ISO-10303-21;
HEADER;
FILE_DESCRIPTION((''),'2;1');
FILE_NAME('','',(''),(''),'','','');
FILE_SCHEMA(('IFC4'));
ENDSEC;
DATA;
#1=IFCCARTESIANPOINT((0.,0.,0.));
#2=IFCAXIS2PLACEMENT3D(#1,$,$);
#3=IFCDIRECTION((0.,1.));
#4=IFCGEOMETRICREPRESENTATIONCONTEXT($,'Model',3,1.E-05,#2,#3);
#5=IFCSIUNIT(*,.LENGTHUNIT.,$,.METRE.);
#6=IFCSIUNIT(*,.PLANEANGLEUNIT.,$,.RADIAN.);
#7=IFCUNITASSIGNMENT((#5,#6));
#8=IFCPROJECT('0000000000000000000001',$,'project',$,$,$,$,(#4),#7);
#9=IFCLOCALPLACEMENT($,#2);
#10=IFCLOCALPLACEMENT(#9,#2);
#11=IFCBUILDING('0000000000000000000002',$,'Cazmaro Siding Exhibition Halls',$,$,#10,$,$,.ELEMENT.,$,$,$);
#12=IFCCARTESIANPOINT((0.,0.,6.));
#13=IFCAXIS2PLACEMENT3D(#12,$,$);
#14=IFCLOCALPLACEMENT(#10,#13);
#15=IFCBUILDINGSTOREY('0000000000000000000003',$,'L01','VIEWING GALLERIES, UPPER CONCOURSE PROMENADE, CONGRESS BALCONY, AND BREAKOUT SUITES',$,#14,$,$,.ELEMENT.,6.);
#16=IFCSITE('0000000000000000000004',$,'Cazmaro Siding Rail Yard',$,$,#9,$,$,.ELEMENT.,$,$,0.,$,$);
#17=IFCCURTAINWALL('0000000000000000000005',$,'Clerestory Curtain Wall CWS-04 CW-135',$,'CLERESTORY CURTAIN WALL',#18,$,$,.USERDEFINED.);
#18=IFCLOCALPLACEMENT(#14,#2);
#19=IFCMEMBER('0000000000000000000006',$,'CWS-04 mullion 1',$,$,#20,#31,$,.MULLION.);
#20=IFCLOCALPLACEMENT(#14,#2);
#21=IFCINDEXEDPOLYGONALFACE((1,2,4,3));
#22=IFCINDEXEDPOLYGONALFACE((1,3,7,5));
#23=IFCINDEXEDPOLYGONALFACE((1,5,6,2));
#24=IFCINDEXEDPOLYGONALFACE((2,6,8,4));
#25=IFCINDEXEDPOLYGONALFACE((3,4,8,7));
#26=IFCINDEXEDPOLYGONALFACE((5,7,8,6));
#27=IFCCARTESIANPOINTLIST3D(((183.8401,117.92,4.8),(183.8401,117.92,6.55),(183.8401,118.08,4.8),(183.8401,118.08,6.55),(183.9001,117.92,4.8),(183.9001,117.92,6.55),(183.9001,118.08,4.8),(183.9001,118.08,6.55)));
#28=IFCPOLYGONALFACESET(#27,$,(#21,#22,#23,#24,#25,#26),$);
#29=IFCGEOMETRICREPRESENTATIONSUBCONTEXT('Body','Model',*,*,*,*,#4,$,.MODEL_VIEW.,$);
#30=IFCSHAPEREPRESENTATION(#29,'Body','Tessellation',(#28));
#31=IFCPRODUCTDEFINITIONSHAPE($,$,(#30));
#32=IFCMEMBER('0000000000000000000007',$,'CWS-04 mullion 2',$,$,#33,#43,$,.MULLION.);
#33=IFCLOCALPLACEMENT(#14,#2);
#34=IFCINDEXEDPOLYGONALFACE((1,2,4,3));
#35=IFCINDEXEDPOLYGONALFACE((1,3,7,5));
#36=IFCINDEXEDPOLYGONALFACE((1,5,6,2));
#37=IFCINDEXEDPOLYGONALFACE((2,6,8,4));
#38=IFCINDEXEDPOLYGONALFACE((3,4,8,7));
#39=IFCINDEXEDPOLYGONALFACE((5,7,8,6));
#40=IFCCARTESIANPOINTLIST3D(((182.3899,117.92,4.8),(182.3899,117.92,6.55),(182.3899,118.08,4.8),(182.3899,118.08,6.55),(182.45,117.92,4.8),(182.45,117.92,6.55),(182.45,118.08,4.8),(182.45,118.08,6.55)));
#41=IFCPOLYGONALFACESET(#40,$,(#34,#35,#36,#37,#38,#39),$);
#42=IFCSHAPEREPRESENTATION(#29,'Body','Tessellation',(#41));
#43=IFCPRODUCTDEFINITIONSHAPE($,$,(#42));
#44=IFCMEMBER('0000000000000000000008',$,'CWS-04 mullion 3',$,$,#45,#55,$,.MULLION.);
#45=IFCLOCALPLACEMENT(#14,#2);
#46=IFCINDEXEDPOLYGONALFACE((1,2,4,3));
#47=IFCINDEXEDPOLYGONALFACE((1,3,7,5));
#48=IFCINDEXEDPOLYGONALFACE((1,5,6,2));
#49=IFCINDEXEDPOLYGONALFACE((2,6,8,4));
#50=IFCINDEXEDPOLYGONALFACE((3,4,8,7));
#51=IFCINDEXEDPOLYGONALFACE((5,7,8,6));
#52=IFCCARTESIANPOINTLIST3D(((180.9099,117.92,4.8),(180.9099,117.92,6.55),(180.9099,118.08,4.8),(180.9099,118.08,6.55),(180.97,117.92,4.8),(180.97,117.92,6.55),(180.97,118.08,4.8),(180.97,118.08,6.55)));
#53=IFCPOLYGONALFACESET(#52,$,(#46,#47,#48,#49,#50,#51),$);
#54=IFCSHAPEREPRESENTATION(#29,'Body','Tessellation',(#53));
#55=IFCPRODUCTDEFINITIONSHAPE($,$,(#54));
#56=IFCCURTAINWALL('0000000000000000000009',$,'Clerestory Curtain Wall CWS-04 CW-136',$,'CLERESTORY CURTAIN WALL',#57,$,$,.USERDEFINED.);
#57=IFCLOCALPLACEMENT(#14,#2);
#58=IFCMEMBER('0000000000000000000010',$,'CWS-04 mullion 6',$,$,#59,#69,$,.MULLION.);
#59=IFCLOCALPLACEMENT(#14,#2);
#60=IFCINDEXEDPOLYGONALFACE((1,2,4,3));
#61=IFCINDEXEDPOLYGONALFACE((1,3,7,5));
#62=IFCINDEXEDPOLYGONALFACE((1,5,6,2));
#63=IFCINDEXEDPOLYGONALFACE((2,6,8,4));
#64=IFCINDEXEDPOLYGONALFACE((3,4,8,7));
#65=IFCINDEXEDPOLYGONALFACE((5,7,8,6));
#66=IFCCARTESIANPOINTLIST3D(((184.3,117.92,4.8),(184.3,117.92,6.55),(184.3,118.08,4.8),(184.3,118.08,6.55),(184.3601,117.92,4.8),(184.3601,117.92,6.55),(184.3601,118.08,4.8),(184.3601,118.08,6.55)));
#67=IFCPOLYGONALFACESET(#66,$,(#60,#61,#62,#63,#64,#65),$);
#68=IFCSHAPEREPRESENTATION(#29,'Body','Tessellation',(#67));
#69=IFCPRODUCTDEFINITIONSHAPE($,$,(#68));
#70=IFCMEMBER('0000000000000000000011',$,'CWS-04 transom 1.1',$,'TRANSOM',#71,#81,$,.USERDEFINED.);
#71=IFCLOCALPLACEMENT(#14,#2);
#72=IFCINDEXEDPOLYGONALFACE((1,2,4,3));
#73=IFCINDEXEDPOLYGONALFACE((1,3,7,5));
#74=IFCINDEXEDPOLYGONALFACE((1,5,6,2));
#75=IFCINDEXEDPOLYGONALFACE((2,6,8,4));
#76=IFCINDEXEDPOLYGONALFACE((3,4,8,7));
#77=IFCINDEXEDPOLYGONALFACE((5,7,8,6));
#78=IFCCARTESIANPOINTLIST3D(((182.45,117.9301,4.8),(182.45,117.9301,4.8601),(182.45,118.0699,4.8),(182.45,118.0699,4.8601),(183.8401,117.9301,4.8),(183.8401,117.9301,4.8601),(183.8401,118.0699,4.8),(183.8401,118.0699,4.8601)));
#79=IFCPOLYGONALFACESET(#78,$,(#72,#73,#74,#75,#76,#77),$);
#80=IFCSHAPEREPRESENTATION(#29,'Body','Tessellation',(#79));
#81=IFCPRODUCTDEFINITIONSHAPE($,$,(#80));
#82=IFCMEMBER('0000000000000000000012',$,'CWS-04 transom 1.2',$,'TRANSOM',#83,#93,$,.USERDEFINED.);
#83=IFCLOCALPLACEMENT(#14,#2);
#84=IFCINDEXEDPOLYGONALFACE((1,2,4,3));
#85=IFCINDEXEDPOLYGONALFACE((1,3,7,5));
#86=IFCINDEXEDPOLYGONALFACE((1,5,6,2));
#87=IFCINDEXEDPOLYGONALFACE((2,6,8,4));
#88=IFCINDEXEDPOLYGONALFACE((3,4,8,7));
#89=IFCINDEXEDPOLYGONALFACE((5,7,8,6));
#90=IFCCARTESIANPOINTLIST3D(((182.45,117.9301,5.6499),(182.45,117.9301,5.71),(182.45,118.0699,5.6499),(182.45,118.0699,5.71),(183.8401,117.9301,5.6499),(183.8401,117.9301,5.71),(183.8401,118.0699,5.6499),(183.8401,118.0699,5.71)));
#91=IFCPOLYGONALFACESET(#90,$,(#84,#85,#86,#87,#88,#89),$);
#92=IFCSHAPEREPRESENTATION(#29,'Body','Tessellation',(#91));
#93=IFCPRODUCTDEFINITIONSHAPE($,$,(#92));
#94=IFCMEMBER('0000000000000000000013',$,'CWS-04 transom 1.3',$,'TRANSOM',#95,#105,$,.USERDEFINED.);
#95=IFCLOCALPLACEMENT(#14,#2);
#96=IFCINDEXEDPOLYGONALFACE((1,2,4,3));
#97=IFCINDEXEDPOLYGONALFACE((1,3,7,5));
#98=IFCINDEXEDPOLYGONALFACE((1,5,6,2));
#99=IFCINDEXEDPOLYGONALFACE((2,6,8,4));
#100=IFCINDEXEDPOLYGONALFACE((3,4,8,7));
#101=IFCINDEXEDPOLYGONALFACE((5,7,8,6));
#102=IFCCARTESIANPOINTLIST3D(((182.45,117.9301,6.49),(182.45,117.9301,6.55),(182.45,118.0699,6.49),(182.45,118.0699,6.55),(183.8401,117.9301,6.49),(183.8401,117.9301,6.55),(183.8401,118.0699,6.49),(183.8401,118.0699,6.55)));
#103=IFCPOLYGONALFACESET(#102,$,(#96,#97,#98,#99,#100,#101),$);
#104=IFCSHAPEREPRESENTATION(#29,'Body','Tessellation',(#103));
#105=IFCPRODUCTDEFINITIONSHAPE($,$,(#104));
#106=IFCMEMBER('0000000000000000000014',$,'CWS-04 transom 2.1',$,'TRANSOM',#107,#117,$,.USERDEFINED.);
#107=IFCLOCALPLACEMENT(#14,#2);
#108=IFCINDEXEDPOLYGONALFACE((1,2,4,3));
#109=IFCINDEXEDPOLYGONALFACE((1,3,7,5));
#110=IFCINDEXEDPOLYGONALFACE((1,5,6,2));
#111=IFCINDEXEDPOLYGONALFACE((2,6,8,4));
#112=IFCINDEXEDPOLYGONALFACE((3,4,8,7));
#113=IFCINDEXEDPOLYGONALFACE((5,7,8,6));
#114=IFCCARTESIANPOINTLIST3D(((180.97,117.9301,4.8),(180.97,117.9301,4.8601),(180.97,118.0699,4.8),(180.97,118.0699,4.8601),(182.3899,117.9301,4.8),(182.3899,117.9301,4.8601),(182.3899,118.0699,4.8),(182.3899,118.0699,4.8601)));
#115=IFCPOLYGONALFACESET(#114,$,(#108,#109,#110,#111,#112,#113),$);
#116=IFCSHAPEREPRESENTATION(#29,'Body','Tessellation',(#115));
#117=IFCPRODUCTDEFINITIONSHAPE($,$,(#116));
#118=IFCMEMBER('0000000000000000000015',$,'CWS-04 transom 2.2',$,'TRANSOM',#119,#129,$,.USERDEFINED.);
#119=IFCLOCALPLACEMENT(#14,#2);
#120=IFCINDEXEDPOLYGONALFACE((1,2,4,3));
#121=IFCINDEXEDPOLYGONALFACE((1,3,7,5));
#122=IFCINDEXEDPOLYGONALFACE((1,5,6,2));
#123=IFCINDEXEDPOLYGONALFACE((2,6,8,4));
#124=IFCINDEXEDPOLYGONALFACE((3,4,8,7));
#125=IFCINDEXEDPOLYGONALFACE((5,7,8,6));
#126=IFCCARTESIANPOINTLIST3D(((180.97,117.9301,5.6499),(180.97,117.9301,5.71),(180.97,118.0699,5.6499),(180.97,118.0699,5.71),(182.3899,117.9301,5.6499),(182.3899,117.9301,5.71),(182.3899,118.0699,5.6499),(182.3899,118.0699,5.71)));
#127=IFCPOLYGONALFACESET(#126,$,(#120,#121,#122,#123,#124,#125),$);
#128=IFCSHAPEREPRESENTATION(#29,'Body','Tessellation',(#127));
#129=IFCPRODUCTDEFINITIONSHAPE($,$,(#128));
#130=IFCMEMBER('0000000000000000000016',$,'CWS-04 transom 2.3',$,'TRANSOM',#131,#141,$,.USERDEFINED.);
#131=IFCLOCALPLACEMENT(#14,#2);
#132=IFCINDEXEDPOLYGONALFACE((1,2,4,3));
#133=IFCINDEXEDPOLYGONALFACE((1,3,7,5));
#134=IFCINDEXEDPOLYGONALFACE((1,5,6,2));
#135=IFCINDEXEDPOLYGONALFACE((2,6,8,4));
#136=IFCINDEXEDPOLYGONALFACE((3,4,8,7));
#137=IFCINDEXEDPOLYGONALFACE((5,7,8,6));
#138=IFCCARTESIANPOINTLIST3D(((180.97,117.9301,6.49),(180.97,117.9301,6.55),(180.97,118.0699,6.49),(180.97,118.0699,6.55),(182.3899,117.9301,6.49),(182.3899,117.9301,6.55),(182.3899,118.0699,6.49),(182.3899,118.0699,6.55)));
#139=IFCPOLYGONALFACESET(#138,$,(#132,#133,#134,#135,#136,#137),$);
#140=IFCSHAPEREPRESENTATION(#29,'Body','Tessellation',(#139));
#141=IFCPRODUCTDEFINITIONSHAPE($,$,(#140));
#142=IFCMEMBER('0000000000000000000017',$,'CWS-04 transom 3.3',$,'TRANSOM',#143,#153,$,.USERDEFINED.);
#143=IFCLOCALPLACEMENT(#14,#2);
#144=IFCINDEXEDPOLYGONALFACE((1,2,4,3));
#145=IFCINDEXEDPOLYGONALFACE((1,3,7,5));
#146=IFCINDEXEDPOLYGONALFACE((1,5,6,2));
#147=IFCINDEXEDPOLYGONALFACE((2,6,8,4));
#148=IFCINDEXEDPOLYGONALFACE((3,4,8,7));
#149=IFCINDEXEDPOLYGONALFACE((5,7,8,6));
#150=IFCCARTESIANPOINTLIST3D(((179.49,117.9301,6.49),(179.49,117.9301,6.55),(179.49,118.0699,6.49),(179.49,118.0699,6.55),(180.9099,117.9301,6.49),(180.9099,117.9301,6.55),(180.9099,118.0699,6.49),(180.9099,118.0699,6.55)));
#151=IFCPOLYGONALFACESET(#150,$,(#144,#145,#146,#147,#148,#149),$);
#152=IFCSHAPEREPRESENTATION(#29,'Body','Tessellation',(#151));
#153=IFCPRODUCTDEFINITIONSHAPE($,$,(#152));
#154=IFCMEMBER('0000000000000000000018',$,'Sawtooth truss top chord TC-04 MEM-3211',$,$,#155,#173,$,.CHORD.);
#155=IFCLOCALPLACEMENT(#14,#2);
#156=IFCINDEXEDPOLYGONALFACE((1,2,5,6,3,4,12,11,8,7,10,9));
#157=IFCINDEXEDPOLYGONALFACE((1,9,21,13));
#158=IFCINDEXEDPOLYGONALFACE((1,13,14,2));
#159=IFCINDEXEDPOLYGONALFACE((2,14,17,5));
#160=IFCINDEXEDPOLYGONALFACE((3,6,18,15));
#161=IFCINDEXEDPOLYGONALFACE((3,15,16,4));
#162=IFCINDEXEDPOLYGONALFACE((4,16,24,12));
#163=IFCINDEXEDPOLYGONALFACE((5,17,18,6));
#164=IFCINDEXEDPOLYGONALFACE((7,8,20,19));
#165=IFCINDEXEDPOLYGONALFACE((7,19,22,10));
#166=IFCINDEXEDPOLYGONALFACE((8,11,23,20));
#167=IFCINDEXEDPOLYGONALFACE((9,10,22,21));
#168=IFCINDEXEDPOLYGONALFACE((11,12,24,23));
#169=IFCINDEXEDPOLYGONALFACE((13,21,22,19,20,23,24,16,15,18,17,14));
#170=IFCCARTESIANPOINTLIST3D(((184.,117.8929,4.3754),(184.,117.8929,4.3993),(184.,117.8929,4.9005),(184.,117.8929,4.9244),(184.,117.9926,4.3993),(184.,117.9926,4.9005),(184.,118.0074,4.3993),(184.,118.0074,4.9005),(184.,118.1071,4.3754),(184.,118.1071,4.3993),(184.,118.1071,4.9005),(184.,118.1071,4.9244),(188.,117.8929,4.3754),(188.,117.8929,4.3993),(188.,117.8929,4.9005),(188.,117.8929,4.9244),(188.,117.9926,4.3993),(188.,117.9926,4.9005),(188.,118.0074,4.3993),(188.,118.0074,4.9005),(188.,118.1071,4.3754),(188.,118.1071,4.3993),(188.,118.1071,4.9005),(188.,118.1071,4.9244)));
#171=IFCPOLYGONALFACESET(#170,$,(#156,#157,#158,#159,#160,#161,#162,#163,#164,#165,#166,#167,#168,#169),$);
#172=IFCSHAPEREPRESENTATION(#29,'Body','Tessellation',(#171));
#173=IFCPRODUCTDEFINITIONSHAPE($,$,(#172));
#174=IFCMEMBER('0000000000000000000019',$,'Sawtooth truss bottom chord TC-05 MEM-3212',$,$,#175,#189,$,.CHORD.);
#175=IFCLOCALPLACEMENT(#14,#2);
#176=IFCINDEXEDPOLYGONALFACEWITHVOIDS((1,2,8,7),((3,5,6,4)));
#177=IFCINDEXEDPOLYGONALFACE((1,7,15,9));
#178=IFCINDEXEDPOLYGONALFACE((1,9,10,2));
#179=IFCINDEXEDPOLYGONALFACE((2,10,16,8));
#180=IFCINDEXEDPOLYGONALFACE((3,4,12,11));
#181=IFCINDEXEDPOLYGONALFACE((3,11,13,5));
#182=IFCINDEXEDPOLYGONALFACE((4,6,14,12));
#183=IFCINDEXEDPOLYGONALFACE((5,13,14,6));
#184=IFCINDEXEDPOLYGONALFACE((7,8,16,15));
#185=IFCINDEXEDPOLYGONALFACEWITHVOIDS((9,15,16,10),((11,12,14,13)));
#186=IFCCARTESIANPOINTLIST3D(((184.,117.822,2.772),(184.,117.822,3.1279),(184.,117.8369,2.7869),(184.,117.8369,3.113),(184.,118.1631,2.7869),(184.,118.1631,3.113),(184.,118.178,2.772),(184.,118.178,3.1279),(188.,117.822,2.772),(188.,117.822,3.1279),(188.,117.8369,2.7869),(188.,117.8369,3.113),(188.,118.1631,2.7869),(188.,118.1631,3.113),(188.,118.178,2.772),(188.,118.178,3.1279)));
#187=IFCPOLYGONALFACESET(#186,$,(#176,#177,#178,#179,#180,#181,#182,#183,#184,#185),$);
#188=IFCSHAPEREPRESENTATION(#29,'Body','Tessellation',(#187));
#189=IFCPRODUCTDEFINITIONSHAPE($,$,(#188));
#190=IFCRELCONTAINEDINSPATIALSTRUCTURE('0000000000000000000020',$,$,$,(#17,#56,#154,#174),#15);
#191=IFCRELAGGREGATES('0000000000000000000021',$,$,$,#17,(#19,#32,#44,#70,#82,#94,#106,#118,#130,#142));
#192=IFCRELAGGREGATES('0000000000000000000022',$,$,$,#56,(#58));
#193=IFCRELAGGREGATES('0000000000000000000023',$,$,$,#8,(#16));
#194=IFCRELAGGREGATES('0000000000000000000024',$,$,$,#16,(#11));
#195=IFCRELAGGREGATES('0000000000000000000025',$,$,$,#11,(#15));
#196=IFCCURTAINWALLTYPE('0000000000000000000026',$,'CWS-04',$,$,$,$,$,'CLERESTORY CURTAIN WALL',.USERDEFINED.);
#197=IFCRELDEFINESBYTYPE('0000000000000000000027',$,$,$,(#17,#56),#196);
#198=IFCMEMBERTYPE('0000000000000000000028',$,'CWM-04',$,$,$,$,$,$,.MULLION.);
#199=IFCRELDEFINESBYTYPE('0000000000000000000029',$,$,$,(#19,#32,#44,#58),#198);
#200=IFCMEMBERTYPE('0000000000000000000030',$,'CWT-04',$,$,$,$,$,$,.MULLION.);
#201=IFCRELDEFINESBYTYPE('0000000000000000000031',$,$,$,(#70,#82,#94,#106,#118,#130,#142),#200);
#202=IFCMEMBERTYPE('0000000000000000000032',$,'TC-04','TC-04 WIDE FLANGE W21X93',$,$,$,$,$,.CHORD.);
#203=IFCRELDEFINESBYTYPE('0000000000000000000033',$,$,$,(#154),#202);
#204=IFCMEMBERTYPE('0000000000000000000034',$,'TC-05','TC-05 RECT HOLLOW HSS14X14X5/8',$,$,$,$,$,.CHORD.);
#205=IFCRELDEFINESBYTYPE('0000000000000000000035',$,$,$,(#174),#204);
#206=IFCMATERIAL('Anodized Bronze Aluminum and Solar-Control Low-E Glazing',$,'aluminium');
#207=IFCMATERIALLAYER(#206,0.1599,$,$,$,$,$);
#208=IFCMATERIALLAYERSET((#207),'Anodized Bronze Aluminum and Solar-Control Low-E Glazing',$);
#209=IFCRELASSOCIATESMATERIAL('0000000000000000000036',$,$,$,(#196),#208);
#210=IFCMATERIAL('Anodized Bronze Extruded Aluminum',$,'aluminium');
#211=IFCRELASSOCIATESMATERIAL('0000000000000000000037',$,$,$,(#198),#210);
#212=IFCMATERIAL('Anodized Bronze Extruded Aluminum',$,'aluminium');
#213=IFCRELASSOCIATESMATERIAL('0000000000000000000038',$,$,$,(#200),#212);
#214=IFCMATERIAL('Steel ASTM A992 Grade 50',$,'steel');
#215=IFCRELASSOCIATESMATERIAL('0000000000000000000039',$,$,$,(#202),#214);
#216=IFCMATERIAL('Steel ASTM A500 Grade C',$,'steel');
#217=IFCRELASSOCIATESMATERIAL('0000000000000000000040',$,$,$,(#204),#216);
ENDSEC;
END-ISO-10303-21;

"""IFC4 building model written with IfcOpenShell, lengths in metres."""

from ifc_helpers import new_model, si_unit, direction, frame, origin, origin_2d, place, context, subcontext, project, spatial, rectangle, hollow_rectangle, i_section, extrude, material, layer, layer_set, material_profile, profile_set, type_object, element, aggregate, save


model = new_model("IFC4")

# Units and contexts
model_context = context("Model", 3, precision=1e-05, world=origin(), true_north=direction((0.0, 1.0)))
body_context = subcontext(model_context, "Body", "Model", "MODEL_VIEW")
ifc_project = project(units=[si_unit("LENGTHUNIT", "METRE"), si_unit("PLANEANGLEUNIT", "RADIAN")], contexts=[model_context])

# Site, building, storey
site_placement = place(None, origin())
site = spatial("IfcSite", under=ifc_project, at=site_placement, Name="Cazmaro Siding Rail Yard", CompositionType="ELEMENT", RefElevation=0.0)
building_placement = place(site_placement, origin())
building = spatial("IfcBuilding", under=site, at=building_placement, Name="Cazmaro Siding Exhibition Halls", CompositionType="ELEMENT")
storey_placement = place(building_placement, frame((0.0, 0.0, 6.0)))
storey = spatial("IfcBuildingStorey", under=building, at=storey_placement, Name="L01", Description="VIEWING GALLERIES, UPPER CONCOURSE PROMENADE, CONGRESS BALCONY, AND BREAKOUT SUITES", CompositionType="ELEMENT", Elevation=6.0)

# Curtain wall, members
ifc_material_1 = material(Name="Anodized Bronze Aluminum and Solar-Control Low-E Glazing", Category="aluminium")
ifc_layer_1 = layer(ifc_material_1, 0.1599)
ifc_layer_set_1 = layer_set([ifc_layer_1], Name="Anodized Bronze Aluminum and Solar-Control Low-E Glazing")
curtain_wall_type = type_object("IfcCurtainWallType", Name="CWS-04", ElementType="CLERESTORY CURTAIN WALL", PredefinedType="USERDEFINED", material=ifc_layer_set_1)
curtain_wall_1_placement = place(storey_placement, origin())
curtain_wall_1 = element("IfcCurtainWall", 1, at=curtain_wall_1_placement, inside=storey, type_object=curtain_wall_type, Name="Clerestory Curtain Wall CWS-04 CW-135", ObjectType="CLERESTORY CURTAIN WALL", PredefinedType="USERDEFINED")
ifc_material_2 = material(Name="Anodized Bronze Extruded Aluminum", Category="aluminium")
ifc_material_profile_1 = material_profile(ifc_material_2, rectangle(XDim=0.1599, YDim=0.0601, at=origin_2d()), Name="CWM-04")
ifc_profile_set_1 = profile_set([ifc_material_profile_1], Name="Anodized Bronze Extruded Aluminum")
member_type_1 = type_object("IfcMemberType", Name="CWM-04", PredefinedType="MULLION", material=ifc_profile_set_1)
member_1_placement = place(storey_placement, frame((183.8701, 118.0, 4.8), z_axis=(0.0, 0.0, 1.0), x_axis=(0.0, -1.0, 0.0)))
member_1 = element("IfcMember", 2, at=member_1_placement, type_object=member_type_1, Name="CWS-04 mullion 1", PredefinedType="MULLION", context=body_context, shape_type="SweptSolid", body=[
    extrude(rectangle(XDim=0.1599, YDim=0.0601, at=origin_2d()), origin(), (0.0, 0.0, 1.0), 1.75),
])
member_2_placement = place(storey_placement, frame((182.4199, 118.0, 4.8), z_axis=(0.0, 0.0, 1.0), x_axis=(0.0, -1.0, 0.0)))
member_2 = element("IfcMember", 3, at=member_2_placement, type_object=member_type_1, Name="CWS-04 mullion 2", PredefinedType="MULLION", context=body_context, shape_type="SweptSolid", body=[
    extrude(rectangle(XDim=0.1599, YDim=0.0601, at=origin_2d()), origin(), (0.0, 0.0, 1.0), 1.75),
])
member_3_placement = place(storey_placement, frame((180.9399, 118.0, 4.8), z_axis=(0.0, 0.0, 1.0), x_axis=(0.0, -1.0, 0.0)))
member_3 = element("IfcMember", 4, at=member_3_placement, type_object=member_type_1, Name="CWS-04 mullion 3", PredefinedType="MULLION", context=body_context, shape_type="SweptSolid", body=[
    extrude(rectangle(XDim=0.1599, YDim=0.0601, at=origin_2d()), origin(), (0.0, 0.0, 1.0), 1.75),
])

# Curtain wall, member
curtain_wall_2_placement = place(storey_placement, origin())
curtain_wall_2 = element("IfcCurtainWall", 5, at=curtain_wall_2_placement, inside=storey, type_object=curtain_wall_type, Name="Clerestory Curtain Wall CWS-04 CW-136", ObjectType="CLERESTORY CURTAIN WALL", PredefinedType="USERDEFINED")
member_4_placement = place(storey_placement, frame((184.3301, 118.0, 4.8), z_axis=(0.0, 0.0, 1.0), x_axis=(0.0, -1.0, 0.0)))
member_4 = element("IfcMember", 6, at=member_4_placement, type_object=member_type_1, Name="CWS-04 mullion 6", PredefinedType="MULLION", context=body_context, shape_type="SweptSolid", body=[
    extrude(rectangle(XDim=0.1599, YDim=0.0601, at=origin_2d()), origin(), (0.0, 0.0, 1.0), 1.75),
])

# Members
ifc_material_3 = material(Name="Anodized Bronze Extruded Aluminum", Category="aluminium")
ifc_material_profile_2 = material_profile(ifc_material_3, rectangle(XDim=0.1399, YDim=0.0601, at=origin_2d()), Name="CWT-04")
ifc_profile_set_2 = profile_set([ifc_material_profile_2], Name="Anodized Bronze Extruded Aluminum")
member_type_2 = type_object("IfcMemberType", Name="CWT-04", PredefinedType="MULLION", material=ifc_profile_set_2)
member_5_placement = place(storey_placement, frame((183.8401, 118.0, 4.8301), z_axis=(-1.0, 0.0, 0.0), x_axis=(0.0, -1.0, 0.0)))
member_5 = element("IfcMember", 7, at=member_5_placement, type_object=member_type_2, Name="CWS-04 transom 1.1", ObjectType="TRANSOM", PredefinedType="USERDEFINED", context=body_context, shape_type="SweptSolid", body=[
    extrude(rectangle(XDim=0.1399, YDim=0.0601, at=origin_2d()), origin(), (0.0, 0.0, 1.0), 1.3901),
])
member_6_placement = place(storey_placement, frame((183.8401, 118.0, 5.6799), z_axis=(-1.0, 0.0, 0.0), x_axis=(0.0, -1.0, 0.0)))
member_6 = element("IfcMember", 8, at=member_6_placement, type_object=member_type_2, Name="CWS-04 transom 1.2", ObjectType="TRANSOM", PredefinedType="USERDEFINED", context=body_context, shape_type="SweptSolid", body=[
    extrude(rectangle(XDim=0.1399, YDim=0.0601, at=origin_2d()), origin(), (0.0, 0.0, 1.0), 1.3901),
])
member_7_placement = place(storey_placement, frame((183.8401, 118.0, 6.52), z_axis=(-1.0, 0.0, 0.0), x_axis=(0.0, -1.0, 0.0)))
member_7 = element("IfcMember", 9, at=member_7_placement, type_object=member_type_2, Name="CWS-04 transom 1.3", ObjectType="TRANSOM", PredefinedType="USERDEFINED", context=body_context, shape_type="SweptSolid", body=[
    extrude(rectangle(XDim=0.1399, YDim=0.0601, at=origin_2d()), origin(), (0.0, 0.0, 1.0), 1.3901),
])
member_8_placement = place(storey_placement, frame((182.3899, 118.0, 4.8301), z_axis=(-1.0, 0.0, 0.0), x_axis=(0.0, -1.0, 0.0)))
member_8 = element("IfcMember", 10, at=member_8_placement, type_object=member_type_2, Name="CWS-04 transom 2.1", ObjectType="TRANSOM", PredefinedType="USERDEFINED", context=body_context, shape_type="SweptSolid", body=[
    extrude(rectangle(XDim=0.1399, YDim=0.0601, at=origin_2d()), origin(), (0.0, 0.0, 1.0), 1.4199),
])
member_9_placement = place(storey_placement, frame((182.3899, 118.0, 5.6799), z_axis=(-1.0, 0.0, 0.0), x_axis=(0.0, -1.0, 0.0)))
member_9 = element("IfcMember", 11, at=member_9_placement, type_object=member_type_2, Name="CWS-04 transom 2.2", ObjectType="TRANSOM", PredefinedType="USERDEFINED", context=body_context, shape_type="SweptSolid", body=[
    extrude(rectangle(XDim=0.1399, YDim=0.0601, at=origin_2d()), origin(), (0.0, 0.0, 1.0), 1.4199),
])
member_10_placement = place(storey_placement, frame((182.3899, 118.0, 6.52), z_axis=(-1.0, 0.0, 0.0), x_axis=(0.0, -1.0, 0.0)))
member_10 = element("IfcMember", 12, at=member_10_placement, type_object=member_type_2, Name="CWS-04 transom 2.3", ObjectType="TRANSOM", PredefinedType="USERDEFINED", context=body_context, shape_type="SweptSolid", body=[
    extrude(rectangle(XDim=0.1399, YDim=0.0601, at=origin_2d()), origin(), (0.0, 0.0, 1.0), 1.4199),
])
member_11_placement = place(storey_placement, frame((180.9099, 118.0, 6.52), z_axis=(-1.0, 0.0, 0.0), x_axis=(0.0, -1.0, 0.0)))
member_11 = element("IfcMember", 13, at=member_11_placement, type_object=member_type_2, Name="CWS-04 transom 3.3", ObjectType="TRANSOM", PredefinedType="USERDEFINED", context=body_context, shape_type="SweptSolid", body=[
    extrude(rectangle(XDim=0.1399, YDim=0.0601, at=origin_2d()), origin(), (0.0, 0.0, 1.0), 1.4199),
])

# Members
ifc_material_4 = material(Name="Steel ASTM A992 Grade 50", Category="steel")
ifc_material_profile_3 = material_profile(ifc_material_4, i_section(OverallWidth=0.2141, OverallDepth=0.5491, WebThickness=0.0149, FlangeThickness=0.0239, at=origin_2d()), Name="W21X93")
ifc_profile_set_3 = profile_set([ifc_material_profile_3], Name="Steel ASTM A992 Grade 50")
member_type_3 = type_object("IfcMemberType", Name="TC-04", Description="TC-04 WIDE FLANGE W21X93", PredefinedType="CHORD", material=ifc_profile_set_3)
member_12_placement = place(storey_placement, frame((184.0, 118.0, 4.6499), z_axis=(1.0, 0.0, 0.0), x_axis=(0.0, 1.0, 0.0)))
element("IfcMember", 14, at=member_12_placement, inside=storey, type_object=member_type_3, Name="Sawtooth truss top chord TC-04 MEM-3211", PredefinedType="CHORD", context=body_context, shape_type="SweptSolid", body=[
    extrude(i_section(OverallWidth=0.2141, OverallDepth=0.5491, WebThickness=0.0149, FlangeThickness=0.0239, at=origin_2d()), origin(), (0.0, 0.0, 1.0), 4.0),
])
ifc_material_5 = material(Name="Steel ASTM A500 Grade C", Category="steel")
ifc_material_profile_4 = material_profile(ifc_material_5, hollow_rectangle(XDim=0.356, YDim=0.356, WallThickness=0.0149, at=origin_2d()), Name="HSS14X14X5/8")
ifc_profile_set_4 = profile_set([ifc_material_profile_4], Name="Steel ASTM A500 Grade C")
member_type_4 = type_object("IfcMemberType", Name="TC-05", Description="TC-05 RECT HOLLOW HSS14X14X5/8", PredefinedType="CHORD", material=ifc_profile_set_4)
member_13_placement = place(storey_placement, frame((184.0, 118.0, 2.95), z_axis=(1.0, 0.0, 0.0), x_axis=(0.0, 1.0, 0.0)))
element("IfcMember", 15, at=member_13_placement, inside=storey, type_object=member_type_4, Name="Sawtooth truss bottom chord TC-05 MEM-3212", PredefinedType="CHORD", context=body_context, shape_type="SweptSolid", body=[
    extrude(hollow_rectangle(XDim=0.356, YDim=0.356, WallThickness=0.0149, at=origin_2d()), origin(), (0.0, 0.0, 1.0), 4.0),
])

aggregate(curtain_wall_1, [member_1, member_2, member_3, member_5, member_6, member_7, member_8, member_9, member_10, member_11])
aggregate(curtain_wall_2, [member_4])

save(model, "model.ifc")
